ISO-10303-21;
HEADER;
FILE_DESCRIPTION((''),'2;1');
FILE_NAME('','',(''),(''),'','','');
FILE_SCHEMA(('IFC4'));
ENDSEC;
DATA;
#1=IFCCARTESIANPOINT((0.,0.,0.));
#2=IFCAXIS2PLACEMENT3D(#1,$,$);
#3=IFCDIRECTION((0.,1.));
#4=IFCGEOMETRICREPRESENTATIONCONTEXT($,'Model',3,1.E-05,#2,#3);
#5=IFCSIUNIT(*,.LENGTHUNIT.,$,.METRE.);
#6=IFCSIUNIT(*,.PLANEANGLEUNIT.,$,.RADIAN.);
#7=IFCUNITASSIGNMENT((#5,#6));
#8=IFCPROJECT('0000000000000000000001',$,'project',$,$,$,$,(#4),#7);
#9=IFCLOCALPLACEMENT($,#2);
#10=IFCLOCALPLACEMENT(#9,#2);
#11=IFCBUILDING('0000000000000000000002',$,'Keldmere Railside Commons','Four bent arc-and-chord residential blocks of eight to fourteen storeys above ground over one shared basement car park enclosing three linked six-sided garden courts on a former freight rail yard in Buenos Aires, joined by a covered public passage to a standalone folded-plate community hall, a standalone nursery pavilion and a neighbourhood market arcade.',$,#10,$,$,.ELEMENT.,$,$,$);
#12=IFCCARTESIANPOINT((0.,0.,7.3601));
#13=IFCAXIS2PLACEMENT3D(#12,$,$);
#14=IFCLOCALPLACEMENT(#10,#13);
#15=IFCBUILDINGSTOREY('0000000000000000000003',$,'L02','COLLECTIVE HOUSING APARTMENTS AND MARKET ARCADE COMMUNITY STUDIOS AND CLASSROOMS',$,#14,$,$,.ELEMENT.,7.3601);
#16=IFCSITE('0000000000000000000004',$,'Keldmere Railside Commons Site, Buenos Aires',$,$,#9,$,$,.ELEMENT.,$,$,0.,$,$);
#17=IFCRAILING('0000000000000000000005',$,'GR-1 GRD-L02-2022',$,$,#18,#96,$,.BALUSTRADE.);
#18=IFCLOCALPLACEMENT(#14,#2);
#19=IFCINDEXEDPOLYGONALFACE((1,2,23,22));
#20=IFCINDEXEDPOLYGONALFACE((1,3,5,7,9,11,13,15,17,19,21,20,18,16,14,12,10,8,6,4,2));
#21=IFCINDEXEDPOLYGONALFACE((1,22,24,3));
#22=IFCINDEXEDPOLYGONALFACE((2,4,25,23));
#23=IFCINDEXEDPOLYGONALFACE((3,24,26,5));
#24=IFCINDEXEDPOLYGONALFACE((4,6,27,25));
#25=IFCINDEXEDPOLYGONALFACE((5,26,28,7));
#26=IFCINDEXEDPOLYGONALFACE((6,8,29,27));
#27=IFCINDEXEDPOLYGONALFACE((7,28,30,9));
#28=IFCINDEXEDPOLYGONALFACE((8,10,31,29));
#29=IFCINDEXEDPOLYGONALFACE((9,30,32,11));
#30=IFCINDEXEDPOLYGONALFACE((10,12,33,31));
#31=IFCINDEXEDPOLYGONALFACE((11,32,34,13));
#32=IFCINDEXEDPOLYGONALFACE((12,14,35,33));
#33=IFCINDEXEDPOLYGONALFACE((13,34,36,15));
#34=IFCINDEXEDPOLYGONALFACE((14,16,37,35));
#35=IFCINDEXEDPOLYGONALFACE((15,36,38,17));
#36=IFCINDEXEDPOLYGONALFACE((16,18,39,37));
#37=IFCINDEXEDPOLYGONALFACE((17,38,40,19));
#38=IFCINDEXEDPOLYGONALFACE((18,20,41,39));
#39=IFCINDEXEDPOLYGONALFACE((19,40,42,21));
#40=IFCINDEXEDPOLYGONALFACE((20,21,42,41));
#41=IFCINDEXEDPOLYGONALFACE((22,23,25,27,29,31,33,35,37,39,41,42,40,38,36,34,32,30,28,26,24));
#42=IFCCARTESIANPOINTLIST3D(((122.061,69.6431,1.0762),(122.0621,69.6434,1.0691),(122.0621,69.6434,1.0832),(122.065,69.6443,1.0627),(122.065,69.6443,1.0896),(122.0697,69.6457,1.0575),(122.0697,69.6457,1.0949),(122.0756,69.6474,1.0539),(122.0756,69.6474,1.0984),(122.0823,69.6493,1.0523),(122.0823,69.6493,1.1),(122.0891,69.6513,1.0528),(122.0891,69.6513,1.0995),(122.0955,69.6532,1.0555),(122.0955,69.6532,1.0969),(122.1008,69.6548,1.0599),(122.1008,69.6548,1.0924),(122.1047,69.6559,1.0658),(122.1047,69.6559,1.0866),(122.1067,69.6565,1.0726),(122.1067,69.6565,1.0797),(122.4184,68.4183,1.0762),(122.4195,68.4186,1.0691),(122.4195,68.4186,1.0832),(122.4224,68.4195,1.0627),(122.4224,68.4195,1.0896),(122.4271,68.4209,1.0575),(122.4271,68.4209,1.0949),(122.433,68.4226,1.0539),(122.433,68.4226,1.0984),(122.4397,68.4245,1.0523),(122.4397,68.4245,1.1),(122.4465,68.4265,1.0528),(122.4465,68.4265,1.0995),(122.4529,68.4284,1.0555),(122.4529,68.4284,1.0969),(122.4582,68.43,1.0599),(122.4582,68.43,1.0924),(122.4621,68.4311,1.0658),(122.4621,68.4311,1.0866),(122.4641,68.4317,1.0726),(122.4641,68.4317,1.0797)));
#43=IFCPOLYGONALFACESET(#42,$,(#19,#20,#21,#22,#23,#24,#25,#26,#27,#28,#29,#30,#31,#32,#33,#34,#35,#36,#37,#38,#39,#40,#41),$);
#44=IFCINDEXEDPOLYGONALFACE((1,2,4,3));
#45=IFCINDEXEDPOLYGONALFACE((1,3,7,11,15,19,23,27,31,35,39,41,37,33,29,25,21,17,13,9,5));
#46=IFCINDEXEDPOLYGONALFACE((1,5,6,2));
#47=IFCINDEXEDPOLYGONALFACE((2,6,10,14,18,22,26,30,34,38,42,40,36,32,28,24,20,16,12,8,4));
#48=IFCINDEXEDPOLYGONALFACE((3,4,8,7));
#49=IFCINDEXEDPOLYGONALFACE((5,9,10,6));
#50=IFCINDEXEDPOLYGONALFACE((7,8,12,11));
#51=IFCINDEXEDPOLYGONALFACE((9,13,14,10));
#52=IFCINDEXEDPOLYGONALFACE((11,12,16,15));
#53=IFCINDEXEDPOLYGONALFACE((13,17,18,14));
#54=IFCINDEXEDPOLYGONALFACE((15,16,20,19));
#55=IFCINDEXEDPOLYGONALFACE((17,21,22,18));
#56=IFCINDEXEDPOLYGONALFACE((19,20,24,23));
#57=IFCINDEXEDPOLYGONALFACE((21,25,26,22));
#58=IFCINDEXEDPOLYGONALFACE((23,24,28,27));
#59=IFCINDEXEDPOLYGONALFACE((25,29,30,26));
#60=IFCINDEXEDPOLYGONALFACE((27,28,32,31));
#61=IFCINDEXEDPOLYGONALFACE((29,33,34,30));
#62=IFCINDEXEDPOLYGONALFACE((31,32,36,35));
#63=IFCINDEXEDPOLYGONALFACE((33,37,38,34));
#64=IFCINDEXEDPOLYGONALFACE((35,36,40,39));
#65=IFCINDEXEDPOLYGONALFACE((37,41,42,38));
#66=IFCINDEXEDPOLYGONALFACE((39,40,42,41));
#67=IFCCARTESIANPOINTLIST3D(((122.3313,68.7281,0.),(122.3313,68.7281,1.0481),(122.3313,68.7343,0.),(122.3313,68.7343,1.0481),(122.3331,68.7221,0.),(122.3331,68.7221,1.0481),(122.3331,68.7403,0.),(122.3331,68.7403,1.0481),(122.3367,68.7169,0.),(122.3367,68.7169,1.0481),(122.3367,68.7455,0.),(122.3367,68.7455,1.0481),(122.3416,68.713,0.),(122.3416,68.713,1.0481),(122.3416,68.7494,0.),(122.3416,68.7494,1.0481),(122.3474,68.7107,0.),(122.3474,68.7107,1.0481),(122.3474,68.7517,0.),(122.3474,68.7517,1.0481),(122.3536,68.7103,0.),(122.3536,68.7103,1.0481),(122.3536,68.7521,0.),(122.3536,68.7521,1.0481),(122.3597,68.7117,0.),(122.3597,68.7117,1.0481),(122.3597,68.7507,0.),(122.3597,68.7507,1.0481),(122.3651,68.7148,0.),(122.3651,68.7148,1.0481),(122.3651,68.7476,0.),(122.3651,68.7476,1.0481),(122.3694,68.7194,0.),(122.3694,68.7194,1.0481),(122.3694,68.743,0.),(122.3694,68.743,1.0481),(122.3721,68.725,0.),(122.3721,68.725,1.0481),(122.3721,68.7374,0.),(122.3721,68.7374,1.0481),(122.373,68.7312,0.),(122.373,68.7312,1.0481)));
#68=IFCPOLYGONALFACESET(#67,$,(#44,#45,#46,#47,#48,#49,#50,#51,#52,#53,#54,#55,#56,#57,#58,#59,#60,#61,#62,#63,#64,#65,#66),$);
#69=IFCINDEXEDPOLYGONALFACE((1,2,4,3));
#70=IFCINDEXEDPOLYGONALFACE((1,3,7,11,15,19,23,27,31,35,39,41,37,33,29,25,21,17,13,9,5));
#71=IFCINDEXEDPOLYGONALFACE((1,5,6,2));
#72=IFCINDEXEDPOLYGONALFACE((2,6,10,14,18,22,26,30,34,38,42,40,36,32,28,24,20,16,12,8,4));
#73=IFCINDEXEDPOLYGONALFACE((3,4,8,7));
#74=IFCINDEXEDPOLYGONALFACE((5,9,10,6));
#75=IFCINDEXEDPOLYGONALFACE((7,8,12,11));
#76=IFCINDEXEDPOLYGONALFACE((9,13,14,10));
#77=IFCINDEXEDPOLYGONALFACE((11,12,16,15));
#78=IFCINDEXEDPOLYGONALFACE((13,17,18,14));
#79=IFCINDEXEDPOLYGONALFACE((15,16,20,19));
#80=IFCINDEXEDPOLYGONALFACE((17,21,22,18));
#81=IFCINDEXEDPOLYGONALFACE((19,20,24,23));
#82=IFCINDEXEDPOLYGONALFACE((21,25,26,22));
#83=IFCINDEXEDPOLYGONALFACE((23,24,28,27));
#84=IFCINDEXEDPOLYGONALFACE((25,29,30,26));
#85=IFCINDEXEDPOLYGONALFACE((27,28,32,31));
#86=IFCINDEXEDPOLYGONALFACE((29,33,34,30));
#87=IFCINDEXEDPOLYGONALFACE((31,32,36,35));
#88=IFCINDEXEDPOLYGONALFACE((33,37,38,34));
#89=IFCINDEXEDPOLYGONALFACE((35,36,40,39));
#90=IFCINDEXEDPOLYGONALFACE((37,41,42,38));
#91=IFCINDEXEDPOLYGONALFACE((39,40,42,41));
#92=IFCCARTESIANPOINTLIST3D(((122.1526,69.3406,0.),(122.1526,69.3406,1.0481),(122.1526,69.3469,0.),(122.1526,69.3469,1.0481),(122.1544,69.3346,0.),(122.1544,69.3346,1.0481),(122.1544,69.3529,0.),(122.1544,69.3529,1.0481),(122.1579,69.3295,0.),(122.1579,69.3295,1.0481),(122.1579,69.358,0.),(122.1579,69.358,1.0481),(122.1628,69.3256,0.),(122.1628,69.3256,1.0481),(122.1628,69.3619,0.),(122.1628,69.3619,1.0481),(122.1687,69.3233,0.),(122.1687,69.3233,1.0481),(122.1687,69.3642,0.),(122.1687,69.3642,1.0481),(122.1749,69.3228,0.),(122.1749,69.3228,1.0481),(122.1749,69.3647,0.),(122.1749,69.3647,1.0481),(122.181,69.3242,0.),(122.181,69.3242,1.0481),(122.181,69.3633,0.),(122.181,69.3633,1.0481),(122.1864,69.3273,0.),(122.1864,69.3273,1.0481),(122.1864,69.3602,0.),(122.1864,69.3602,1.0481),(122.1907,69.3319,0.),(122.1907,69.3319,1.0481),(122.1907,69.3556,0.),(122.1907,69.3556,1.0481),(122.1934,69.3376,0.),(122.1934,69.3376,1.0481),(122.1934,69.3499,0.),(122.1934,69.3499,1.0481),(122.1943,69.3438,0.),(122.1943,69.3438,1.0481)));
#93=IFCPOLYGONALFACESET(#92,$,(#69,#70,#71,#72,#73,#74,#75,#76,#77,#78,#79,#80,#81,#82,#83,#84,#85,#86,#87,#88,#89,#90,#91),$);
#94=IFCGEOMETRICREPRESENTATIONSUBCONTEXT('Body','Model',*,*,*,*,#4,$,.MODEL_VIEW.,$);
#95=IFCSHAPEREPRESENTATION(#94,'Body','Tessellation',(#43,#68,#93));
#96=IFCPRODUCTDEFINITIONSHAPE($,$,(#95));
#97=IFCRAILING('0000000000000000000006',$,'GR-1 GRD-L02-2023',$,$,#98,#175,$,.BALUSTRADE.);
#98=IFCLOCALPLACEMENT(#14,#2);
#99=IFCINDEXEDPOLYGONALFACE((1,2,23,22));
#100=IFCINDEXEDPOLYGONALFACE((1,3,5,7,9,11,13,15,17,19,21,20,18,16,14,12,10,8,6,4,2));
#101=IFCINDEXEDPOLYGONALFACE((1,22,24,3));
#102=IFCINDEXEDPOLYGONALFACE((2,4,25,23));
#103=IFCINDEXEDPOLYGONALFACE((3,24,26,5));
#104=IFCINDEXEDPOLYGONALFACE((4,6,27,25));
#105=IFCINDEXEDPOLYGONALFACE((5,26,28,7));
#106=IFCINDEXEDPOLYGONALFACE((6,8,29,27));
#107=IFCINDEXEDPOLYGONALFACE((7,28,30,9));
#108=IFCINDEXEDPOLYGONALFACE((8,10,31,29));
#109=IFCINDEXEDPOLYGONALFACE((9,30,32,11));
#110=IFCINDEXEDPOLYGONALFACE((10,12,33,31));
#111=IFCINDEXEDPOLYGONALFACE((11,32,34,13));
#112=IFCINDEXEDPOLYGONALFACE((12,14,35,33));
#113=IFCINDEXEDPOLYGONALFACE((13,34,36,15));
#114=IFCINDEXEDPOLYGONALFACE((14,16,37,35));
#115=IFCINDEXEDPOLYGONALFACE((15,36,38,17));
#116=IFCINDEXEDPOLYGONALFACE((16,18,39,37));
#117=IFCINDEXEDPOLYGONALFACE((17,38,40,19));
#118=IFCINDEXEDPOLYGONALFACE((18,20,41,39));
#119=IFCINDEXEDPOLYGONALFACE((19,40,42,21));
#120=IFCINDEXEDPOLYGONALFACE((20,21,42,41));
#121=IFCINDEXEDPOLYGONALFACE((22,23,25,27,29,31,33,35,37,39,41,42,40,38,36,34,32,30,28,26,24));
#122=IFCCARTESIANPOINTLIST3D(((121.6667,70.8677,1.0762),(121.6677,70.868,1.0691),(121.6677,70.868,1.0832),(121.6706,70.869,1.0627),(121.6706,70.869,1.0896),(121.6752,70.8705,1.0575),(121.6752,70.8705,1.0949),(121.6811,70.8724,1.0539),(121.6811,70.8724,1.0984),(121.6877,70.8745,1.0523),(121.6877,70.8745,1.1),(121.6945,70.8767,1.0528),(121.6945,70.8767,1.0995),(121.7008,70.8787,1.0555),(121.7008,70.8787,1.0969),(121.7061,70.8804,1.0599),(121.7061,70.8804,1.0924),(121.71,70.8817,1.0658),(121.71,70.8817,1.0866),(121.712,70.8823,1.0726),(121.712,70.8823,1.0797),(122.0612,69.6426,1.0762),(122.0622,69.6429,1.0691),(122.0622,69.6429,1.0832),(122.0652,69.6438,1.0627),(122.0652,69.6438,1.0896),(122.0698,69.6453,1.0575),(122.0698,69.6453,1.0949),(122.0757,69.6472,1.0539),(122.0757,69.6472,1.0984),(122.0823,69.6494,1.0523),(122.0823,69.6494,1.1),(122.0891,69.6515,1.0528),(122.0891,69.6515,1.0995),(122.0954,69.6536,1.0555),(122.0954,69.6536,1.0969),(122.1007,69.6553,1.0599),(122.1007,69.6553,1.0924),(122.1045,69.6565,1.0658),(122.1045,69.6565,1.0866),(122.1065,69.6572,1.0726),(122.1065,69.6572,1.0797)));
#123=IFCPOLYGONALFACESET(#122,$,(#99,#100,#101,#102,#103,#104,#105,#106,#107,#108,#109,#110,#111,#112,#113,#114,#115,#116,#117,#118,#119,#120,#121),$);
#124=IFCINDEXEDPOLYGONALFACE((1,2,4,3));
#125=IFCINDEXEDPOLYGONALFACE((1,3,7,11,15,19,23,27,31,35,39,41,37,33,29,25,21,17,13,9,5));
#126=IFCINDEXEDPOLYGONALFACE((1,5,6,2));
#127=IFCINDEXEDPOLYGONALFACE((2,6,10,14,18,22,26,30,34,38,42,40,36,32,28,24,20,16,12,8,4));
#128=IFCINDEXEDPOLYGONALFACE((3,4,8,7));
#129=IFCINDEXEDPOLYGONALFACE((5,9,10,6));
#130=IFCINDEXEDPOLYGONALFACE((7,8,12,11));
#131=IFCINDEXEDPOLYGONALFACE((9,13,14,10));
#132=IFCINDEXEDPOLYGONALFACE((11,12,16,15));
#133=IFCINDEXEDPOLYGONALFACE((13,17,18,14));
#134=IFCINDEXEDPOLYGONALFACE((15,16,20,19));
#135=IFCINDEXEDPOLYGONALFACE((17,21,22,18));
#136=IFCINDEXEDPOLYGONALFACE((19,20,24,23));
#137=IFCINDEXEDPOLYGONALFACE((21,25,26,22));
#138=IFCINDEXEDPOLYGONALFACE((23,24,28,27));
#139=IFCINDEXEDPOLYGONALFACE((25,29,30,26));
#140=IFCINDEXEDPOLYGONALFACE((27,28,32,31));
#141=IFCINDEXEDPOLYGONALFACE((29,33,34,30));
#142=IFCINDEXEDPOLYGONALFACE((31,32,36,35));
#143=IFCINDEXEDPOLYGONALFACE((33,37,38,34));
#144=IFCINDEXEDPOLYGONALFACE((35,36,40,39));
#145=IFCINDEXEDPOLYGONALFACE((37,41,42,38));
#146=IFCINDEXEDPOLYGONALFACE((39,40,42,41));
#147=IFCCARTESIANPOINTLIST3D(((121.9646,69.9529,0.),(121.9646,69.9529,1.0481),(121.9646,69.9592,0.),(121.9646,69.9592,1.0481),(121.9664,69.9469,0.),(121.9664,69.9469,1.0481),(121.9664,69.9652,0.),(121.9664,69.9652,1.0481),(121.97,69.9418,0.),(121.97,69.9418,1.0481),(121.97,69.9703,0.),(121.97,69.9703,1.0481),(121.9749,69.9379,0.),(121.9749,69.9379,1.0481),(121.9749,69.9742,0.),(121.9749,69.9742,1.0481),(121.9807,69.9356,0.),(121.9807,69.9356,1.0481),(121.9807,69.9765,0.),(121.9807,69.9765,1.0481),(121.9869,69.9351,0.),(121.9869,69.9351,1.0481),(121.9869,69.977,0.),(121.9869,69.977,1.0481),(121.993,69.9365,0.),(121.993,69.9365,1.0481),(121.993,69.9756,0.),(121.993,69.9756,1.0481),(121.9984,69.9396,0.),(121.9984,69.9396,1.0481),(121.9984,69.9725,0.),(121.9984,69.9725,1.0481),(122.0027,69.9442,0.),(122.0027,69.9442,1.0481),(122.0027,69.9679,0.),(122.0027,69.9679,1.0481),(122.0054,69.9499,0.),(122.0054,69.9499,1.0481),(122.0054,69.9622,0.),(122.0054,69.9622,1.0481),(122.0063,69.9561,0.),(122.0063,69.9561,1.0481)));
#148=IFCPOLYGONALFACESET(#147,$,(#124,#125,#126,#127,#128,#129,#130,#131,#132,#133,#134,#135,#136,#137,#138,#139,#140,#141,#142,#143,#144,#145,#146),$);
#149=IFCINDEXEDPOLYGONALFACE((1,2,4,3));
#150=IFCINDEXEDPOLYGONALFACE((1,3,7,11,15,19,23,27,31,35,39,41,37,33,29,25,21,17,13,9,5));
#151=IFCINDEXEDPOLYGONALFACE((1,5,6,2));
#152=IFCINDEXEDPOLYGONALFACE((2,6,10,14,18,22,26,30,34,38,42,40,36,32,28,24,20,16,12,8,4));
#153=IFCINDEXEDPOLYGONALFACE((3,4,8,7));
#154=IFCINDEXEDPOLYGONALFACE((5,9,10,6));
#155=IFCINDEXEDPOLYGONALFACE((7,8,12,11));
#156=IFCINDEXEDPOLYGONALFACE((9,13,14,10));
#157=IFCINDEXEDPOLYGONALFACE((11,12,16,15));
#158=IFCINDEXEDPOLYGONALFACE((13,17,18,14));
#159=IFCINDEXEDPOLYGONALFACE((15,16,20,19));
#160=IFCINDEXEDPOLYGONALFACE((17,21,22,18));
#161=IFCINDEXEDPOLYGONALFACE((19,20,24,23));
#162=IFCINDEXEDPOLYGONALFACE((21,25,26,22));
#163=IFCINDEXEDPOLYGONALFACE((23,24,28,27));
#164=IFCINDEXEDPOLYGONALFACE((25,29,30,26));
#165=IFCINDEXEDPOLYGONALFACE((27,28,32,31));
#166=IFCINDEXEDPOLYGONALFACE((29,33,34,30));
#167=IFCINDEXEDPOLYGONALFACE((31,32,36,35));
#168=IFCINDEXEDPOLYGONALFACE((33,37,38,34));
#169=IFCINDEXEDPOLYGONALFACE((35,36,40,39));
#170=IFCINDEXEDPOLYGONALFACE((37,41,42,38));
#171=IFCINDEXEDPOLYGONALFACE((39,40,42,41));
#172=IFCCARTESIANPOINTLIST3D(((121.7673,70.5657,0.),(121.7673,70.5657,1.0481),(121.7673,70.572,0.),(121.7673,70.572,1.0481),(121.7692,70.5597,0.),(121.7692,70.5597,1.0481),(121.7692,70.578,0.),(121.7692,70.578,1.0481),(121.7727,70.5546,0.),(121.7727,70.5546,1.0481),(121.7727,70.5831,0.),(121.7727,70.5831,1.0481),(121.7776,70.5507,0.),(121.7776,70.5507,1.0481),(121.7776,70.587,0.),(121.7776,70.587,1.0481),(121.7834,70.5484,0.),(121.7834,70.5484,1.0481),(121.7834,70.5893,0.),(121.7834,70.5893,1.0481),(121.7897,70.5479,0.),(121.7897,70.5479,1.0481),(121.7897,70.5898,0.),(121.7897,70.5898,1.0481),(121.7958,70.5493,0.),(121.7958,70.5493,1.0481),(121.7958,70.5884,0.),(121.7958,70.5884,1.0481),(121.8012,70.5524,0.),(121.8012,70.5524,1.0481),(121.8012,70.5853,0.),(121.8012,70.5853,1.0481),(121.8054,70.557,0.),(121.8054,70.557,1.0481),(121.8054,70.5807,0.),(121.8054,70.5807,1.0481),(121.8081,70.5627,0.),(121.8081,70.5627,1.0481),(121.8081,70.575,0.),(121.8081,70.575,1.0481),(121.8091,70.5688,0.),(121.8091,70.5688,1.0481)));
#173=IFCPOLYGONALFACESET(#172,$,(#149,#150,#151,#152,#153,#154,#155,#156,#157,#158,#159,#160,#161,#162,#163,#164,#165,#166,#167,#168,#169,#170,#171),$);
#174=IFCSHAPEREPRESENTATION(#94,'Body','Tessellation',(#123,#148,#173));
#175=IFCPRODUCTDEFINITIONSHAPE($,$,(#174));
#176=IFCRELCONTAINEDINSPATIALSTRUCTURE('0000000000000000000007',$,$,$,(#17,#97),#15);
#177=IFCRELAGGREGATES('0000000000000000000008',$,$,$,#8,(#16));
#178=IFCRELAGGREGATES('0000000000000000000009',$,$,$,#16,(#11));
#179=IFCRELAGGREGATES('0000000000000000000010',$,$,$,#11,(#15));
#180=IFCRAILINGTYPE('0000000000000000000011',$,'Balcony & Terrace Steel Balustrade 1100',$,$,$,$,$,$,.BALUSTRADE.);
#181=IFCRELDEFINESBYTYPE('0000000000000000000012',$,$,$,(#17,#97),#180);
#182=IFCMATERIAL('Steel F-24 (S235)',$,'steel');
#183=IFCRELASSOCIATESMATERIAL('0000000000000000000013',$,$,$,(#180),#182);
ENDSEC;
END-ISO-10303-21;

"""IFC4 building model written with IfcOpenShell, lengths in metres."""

from ifc_helpers import new_model, si_unit, direction, frame, origin, origin_2d, place, context, subcontext, project, spatial, circle, extrude, material, type_object, element, save


model = new_model("IFC4")

# Units and contexts
model_context = context("Model", 3, precision=1e-05, world=origin(), true_north=direction((0.0, 1.0)))
body_context = subcontext(model_context, "Body", "Model", "MODEL_VIEW")
ifc_project = project(units=[si_unit("LENGTHUNIT", "METRE"), si_unit("PLANEANGLEUNIT", "RADIAN")], contexts=[model_context])

# Site, building, storey
site_placement = place(None, origin())
site = spatial("IfcSite", under=ifc_project, at=site_placement, Name="Keldmere Railside Commons Site, Buenos Aires", CompositionType="ELEMENT", RefElevation=0.0)
building_placement = place(site_placement, origin())
building = spatial("IfcBuilding", under=site, at=building_placement, Name="Keldmere Railside Commons", Description="Four bent arc-and-chord residential blocks of eight to fourteen storeys above ground over one shared basement car park enclosing three linked six-sided garden courts on a former freight rail yard in Buenos Aires, joined by a covered public passage to a standalone folded-plate community hall, a standalone nursery pavilion and a neighbourhood market arcade.", CompositionType="ELEMENT")
storey_placement = place(building_placement, frame((0.0, 0.0, 7.3601)))
storey = spatial("IfcBuildingStorey", under=building, at=storey_placement, Name="L02", Description="COLLECTIVE HOUSING APARTMENTS AND MARKET ARCADE COMMUNITY STUDIOS AND CLASSROOMS", CompositionType="ELEMENT", Elevation=7.3601)

# Railings
ifc_material_1 = material(Name="Steel F-24 (S235)", Category="steel")
railing_type = type_object("IfcRailingType", Name="Balcony & Terrace Steel Balustrade 1100", PredefinedType="BALUSTRADE", material=ifc_material_1)
railing_1_placement = place(storey_placement, frame((122.4414, 68.425, 0.0)))
element("IfcRailing", 1, at=railing_1_placement, inside=storey, type_object=railing_type, Name="GR-1 GRD-L02-2022", PredefinedType="BALUSTRADE", context=body_context, shape_type="SweptSolid", body=[
    extrude(circle(Radius=0.0239, at=origin_2d()), frame((0.0, 0.0, 1.0762), z_axis=(-0.280125, 0.959964, 0.0), x_axis=(-0.959964, -0.280125, 0.0)), (0.0, 0.0, 1.0), 1.2759),
    extrude(circle(Radius=0.021, at=origin_2d()), frame((-0.0894, 0.3062, 0.0)), (0.0, 0.0, 1.0), 1.0481),
    extrude(circle(Radius=0.021, at=origin_2d()), frame((-0.2681, 0.9187, 0.0)), (0.0, 0.0, 1.0), 1.0481),
])
railing_2_placement = place(storey_placement, frame((122.084, 69.6499, 0.0)))
element("IfcRailing", 2, at=railing_2_placement, inside=storey, type_object=railing_type, Name="GR-1 GRD-L02-2023", PredefinedType="BALUSTRADE", context=body_context, shape_type="SweptSolid", body=[
    extrude(circle(Radius=0.0239, at=origin_2d()), frame((0.0, 0.0, 1.0762), z_axis=(-0.306537, 0.951859, 0.0), x_axis=(-0.951859, -0.306537, 0.0)), (0.0, 0.0, 1.0), 1.2871),
    extrude(circle(Radius=0.021, at=origin_2d()), frame((-0.0986, 0.3062, 0.0)), (0.0, 0.0, 1.0), 1.0481),
    extrude(circle(Radius=0.021, at=origin_2d()), frame((-0.2959, 0.9189, 0.0)), (0.0, 0.0, 1.0), 1.0481),
])

save(model, "model.ifc")
